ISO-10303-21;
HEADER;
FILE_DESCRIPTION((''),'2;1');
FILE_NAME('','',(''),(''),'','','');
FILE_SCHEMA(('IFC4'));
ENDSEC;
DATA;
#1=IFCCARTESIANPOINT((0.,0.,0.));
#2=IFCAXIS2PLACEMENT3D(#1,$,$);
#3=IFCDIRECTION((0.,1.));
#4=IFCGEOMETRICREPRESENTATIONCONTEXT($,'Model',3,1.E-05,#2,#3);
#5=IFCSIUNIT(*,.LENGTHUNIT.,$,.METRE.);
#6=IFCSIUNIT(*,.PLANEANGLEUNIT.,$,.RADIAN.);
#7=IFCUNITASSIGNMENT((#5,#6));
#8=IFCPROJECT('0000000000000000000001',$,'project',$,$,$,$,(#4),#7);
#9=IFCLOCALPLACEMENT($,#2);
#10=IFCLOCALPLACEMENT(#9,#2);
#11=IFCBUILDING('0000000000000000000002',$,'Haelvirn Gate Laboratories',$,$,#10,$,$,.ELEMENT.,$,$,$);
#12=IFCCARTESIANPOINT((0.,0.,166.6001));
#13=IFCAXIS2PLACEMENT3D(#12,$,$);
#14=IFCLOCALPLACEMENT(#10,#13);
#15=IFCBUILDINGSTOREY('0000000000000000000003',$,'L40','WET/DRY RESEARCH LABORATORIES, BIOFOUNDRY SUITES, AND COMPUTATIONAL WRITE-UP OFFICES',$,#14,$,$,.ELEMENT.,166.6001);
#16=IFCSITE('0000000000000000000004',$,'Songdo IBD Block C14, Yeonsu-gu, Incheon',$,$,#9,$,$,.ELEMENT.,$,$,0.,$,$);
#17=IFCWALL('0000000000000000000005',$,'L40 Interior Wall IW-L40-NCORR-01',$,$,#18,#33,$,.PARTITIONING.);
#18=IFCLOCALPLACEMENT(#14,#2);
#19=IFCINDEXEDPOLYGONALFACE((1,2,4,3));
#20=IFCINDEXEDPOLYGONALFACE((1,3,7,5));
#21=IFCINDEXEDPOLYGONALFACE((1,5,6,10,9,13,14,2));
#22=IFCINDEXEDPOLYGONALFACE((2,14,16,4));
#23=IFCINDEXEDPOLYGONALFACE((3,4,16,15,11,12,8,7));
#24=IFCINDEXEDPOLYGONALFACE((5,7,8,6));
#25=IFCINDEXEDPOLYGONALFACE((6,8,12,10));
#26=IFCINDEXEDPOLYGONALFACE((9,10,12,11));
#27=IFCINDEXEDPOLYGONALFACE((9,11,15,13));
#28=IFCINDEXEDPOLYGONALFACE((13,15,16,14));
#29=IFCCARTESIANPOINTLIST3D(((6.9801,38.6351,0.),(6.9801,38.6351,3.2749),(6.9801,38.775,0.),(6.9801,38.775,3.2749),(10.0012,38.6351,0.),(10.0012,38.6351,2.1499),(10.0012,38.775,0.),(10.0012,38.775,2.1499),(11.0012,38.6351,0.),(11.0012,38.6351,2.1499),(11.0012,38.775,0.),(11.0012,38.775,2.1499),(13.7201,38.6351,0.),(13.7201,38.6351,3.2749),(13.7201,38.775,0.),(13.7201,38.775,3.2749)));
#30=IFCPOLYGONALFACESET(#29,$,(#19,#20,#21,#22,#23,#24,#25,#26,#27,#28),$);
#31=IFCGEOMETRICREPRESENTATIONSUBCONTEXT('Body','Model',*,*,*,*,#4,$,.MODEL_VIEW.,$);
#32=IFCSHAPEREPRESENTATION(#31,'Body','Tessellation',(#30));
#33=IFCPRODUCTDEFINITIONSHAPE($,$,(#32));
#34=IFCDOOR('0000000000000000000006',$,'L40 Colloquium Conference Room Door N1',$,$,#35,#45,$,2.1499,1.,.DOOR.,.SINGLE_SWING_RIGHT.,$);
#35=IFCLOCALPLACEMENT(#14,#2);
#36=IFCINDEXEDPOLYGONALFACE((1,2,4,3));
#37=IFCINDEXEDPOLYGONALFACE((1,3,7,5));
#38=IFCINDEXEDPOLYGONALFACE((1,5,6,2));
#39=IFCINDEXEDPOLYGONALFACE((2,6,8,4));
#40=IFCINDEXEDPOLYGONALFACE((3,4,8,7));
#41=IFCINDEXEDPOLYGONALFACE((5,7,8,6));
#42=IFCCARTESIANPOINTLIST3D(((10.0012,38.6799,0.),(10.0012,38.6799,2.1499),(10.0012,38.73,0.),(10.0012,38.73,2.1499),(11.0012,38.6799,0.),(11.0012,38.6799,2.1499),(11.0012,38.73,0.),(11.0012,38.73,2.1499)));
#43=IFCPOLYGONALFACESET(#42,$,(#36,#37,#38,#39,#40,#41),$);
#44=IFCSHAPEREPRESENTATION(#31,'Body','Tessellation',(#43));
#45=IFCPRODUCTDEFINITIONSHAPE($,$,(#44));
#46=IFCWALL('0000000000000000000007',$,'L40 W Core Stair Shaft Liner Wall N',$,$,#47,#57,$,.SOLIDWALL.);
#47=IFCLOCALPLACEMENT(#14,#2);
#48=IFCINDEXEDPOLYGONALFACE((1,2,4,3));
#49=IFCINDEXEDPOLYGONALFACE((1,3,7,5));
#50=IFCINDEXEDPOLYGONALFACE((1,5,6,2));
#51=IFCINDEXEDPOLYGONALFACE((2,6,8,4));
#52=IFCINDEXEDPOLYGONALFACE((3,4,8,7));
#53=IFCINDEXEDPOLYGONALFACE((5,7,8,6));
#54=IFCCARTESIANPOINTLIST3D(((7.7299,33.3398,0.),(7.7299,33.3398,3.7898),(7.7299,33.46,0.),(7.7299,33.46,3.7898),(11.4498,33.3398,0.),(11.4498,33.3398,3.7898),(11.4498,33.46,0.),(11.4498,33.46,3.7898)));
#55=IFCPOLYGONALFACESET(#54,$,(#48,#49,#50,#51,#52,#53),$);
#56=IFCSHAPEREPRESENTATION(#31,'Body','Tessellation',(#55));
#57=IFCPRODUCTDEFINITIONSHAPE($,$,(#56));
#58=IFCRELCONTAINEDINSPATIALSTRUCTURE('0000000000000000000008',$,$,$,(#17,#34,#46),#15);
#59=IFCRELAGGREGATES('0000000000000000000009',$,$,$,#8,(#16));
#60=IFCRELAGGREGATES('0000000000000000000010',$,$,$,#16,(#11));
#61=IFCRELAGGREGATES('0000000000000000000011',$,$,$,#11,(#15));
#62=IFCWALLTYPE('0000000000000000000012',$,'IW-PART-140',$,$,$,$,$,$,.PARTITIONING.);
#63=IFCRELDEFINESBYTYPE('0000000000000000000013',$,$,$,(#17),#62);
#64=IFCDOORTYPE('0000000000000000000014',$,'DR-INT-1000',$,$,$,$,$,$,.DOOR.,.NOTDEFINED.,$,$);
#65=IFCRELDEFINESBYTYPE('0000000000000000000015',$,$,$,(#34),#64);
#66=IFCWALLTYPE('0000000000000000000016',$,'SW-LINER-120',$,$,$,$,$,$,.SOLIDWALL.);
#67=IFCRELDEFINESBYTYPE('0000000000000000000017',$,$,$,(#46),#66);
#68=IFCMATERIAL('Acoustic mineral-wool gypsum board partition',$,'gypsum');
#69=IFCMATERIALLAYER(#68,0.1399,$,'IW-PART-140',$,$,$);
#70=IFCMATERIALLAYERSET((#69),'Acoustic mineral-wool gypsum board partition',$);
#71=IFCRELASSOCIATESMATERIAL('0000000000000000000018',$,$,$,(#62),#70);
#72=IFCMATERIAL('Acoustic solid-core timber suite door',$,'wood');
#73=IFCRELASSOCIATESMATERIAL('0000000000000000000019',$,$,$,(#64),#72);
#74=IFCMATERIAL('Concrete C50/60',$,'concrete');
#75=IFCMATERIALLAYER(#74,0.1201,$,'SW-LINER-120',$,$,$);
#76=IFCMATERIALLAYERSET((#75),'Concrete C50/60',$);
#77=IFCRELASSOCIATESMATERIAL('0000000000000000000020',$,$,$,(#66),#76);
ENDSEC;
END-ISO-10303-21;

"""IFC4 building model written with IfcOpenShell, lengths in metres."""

from ifc_helpers import new_model, si_unit, direction, frame, frame_2d, origin, place, context, subcontext, project, spatial, rectangle, extrude, source, transform, mapped, material, layer, layer_set, type_object, type_shapes, element, fill, save


model = new_model("IFC4")

# Units and contexts
model_context = context("Model", 3, precision=1e-05, world=origin(), true_north=direction((0.0, 1.0)))
body_context = subcontext(model_context, "Body", "Model", "MODEL_VIEW")
ifc_project = project(units=[si_unit("LENGTHUNIT", "METRE"), si_unit("PLANEANGLEUNIT", "RADIAN")], contexts=[model_context])

# Site, building, storey
site_placement = place(None, origin())
site = spatial("IfcSite", under=ifc_project, at=site_placement, Name="Songdo IBD Block C14, Yeonsu-gu, Incheon", CompositionType="ELEMENT", RefElevation=0.0)
building_placement = place(site_placement, origin())
building = spatial("IfcBuilding", under=site, at=building_placement, Name="Haelvirn Gate Laboratories", CompositionType="ELEMENT")
storey_placement = place(building_placement, frame((0.0, 0.0, 166.6001)))
storey = spatial("IfcBuildingStorey", under=building, at=storey_placement, Name="L40", Description="WET/DRY RESEARCH LABORATORIES, BIOFOUNDRY SUITES, AND COMPUTATIONAL WRITE-UP OFFICES", CompositionType="ELEMENT", Elevation=166.6001)

# Shared definitions
ifc_material_1 = material(Name="Concrete C50/60", Category="concrete")

# Wall, opening, door
ifc_material_2 = material(Name="Acoustic mineral-wool gypsum board partition", Category="gypsum")
ifc_layer_1 = layer(ifc_material_2, 0.1399, Name="IW-PART-140")
ifc_layer_set_1 = layer_set([ifc_layer_1], Name="Acoustic mineral-wool gypsum board partition")
wall_type_1 = type_object("IfcWallType", Name="IW-PART-140", PredefinedType="PARTITIONING", material=ifc_layer_set_1)
wall_1_placement = place(storey_placement, frame((6.98, 38.7051, 0.0), z_axis=(0.0, 0.0, 1.0), x_axis=(1.0, 0.0, 0.0)))
wall_1 = element("IfcWall", 1, at=wall_1_placement, inside=storey, type_object=wall_type_1, Name="L40 Interior Wall IW-L40-NCORR-01", PredefinedType="PARTITIONING", context=body_context, shape_type="SweptSolid", body=[
    extrude(rectangle(XDim=6.74, YDim=0.1399, at=frame_2d((3.3701, 0.0))), origin(), (0.0, 0.0, 1.0), 3.2749),
])
opening_1_placement = place(wall_1_placement, frame((3.0212, 0.0, 0.0)))
opening_1 = element("IfcOpeningElement", 2, at=opening_1_placement, cuts=wall_1, PredefinedType="OPENING", context=body_context, shape_type="SweptSolid", body=[
    extrude(rectangle(XDim=1.0, YDim=2.1499, at=frame_2d((0.5, 1.075))), frame((0.0, 0.0801, 0.0), z_axis=(0.0, -1.0, 0.0), x_axis=(1.0, 0.0, 0.0)), (0.0, 0.0, 1.0), 0.1599),
])
ifc_material_3 = material(Name="Acoustic solid-core timber suite door", Category="wood")
door_type_1 = type_object("IfcDoorType", Name="DR-INT-1000", OperationType="NOTDEFINED", PredefinedType="DOOR", material=ifc_material_3)
shared_shape_1 = source(origin(), body_context, "Body", "SweptSolid", [
    extrude(rectangle(XDim=1.0, YDim=2.1499, at=frame_2d((0.5, 1.075))), frame((0.0, 0.0249, 0.0), z_axis=(0.0, -1.0, 0.0), x_axis=(1.0, 0.0, 0.0)), (0.0, 0.0, 1.0), 0.05),
])
type_shapes(door_type_1, [shared_shape_1])
door_1_placement = place(opening_1_placement, origin())
door_1 = element("IfcDoor", 3, at=door_1_placement, inside=storey, type_object=door_type_1, Name="L40 Colloquium Conference Room Door N1", OperationType="SINGLE_SWING_RIGHT", OverallHeight=2.1499, OverallWidth=1.0, PredefinedType="DOOR", context=body_context, shape_type="MappedRepresentation", body=[
    mapped(shared_shape_1, transform((0.0, 0.0, 0.0), scale=1.0)),
])
fill(opening_1, door_1)

# Wall
ifc_layer_2 = layer(ifc_material_1, 0.1201, Name="SW-LINER-120")
ifc_layer_set_2 = layer_set([ifc_layer_2], Name="Concrete C50/60")
wall_type_2 = type_object("IfcWallType", Name="SW-LINER-120", PredefinedType="SOLIDWALL", material=ifc_layer_set_2)
wall_2_placement = place(storey_placement, frame((7.73, 33.3999, 0.0), z_axis=(0.0, 0.0, 1.0), x_axis=(1.0, 0.0, 0.0)))
element("IfcWall", 4, at=wall_2_placement, inside=storey, type_object=wall_type_2, Name="L40 W Core Stair Shaft Liner Wall N", PredefinedType="SOLIDWALL", context=body_context, shape_type="SweptSolid", body=[
    extrude(rectangle(XDim=3.72, YDim=0.1201, at=frame_2d((1.8599, 0.0))), origin(), (0.0, 0.0, 1.0), 3.7898),
])

save(model, "model.ifc")
